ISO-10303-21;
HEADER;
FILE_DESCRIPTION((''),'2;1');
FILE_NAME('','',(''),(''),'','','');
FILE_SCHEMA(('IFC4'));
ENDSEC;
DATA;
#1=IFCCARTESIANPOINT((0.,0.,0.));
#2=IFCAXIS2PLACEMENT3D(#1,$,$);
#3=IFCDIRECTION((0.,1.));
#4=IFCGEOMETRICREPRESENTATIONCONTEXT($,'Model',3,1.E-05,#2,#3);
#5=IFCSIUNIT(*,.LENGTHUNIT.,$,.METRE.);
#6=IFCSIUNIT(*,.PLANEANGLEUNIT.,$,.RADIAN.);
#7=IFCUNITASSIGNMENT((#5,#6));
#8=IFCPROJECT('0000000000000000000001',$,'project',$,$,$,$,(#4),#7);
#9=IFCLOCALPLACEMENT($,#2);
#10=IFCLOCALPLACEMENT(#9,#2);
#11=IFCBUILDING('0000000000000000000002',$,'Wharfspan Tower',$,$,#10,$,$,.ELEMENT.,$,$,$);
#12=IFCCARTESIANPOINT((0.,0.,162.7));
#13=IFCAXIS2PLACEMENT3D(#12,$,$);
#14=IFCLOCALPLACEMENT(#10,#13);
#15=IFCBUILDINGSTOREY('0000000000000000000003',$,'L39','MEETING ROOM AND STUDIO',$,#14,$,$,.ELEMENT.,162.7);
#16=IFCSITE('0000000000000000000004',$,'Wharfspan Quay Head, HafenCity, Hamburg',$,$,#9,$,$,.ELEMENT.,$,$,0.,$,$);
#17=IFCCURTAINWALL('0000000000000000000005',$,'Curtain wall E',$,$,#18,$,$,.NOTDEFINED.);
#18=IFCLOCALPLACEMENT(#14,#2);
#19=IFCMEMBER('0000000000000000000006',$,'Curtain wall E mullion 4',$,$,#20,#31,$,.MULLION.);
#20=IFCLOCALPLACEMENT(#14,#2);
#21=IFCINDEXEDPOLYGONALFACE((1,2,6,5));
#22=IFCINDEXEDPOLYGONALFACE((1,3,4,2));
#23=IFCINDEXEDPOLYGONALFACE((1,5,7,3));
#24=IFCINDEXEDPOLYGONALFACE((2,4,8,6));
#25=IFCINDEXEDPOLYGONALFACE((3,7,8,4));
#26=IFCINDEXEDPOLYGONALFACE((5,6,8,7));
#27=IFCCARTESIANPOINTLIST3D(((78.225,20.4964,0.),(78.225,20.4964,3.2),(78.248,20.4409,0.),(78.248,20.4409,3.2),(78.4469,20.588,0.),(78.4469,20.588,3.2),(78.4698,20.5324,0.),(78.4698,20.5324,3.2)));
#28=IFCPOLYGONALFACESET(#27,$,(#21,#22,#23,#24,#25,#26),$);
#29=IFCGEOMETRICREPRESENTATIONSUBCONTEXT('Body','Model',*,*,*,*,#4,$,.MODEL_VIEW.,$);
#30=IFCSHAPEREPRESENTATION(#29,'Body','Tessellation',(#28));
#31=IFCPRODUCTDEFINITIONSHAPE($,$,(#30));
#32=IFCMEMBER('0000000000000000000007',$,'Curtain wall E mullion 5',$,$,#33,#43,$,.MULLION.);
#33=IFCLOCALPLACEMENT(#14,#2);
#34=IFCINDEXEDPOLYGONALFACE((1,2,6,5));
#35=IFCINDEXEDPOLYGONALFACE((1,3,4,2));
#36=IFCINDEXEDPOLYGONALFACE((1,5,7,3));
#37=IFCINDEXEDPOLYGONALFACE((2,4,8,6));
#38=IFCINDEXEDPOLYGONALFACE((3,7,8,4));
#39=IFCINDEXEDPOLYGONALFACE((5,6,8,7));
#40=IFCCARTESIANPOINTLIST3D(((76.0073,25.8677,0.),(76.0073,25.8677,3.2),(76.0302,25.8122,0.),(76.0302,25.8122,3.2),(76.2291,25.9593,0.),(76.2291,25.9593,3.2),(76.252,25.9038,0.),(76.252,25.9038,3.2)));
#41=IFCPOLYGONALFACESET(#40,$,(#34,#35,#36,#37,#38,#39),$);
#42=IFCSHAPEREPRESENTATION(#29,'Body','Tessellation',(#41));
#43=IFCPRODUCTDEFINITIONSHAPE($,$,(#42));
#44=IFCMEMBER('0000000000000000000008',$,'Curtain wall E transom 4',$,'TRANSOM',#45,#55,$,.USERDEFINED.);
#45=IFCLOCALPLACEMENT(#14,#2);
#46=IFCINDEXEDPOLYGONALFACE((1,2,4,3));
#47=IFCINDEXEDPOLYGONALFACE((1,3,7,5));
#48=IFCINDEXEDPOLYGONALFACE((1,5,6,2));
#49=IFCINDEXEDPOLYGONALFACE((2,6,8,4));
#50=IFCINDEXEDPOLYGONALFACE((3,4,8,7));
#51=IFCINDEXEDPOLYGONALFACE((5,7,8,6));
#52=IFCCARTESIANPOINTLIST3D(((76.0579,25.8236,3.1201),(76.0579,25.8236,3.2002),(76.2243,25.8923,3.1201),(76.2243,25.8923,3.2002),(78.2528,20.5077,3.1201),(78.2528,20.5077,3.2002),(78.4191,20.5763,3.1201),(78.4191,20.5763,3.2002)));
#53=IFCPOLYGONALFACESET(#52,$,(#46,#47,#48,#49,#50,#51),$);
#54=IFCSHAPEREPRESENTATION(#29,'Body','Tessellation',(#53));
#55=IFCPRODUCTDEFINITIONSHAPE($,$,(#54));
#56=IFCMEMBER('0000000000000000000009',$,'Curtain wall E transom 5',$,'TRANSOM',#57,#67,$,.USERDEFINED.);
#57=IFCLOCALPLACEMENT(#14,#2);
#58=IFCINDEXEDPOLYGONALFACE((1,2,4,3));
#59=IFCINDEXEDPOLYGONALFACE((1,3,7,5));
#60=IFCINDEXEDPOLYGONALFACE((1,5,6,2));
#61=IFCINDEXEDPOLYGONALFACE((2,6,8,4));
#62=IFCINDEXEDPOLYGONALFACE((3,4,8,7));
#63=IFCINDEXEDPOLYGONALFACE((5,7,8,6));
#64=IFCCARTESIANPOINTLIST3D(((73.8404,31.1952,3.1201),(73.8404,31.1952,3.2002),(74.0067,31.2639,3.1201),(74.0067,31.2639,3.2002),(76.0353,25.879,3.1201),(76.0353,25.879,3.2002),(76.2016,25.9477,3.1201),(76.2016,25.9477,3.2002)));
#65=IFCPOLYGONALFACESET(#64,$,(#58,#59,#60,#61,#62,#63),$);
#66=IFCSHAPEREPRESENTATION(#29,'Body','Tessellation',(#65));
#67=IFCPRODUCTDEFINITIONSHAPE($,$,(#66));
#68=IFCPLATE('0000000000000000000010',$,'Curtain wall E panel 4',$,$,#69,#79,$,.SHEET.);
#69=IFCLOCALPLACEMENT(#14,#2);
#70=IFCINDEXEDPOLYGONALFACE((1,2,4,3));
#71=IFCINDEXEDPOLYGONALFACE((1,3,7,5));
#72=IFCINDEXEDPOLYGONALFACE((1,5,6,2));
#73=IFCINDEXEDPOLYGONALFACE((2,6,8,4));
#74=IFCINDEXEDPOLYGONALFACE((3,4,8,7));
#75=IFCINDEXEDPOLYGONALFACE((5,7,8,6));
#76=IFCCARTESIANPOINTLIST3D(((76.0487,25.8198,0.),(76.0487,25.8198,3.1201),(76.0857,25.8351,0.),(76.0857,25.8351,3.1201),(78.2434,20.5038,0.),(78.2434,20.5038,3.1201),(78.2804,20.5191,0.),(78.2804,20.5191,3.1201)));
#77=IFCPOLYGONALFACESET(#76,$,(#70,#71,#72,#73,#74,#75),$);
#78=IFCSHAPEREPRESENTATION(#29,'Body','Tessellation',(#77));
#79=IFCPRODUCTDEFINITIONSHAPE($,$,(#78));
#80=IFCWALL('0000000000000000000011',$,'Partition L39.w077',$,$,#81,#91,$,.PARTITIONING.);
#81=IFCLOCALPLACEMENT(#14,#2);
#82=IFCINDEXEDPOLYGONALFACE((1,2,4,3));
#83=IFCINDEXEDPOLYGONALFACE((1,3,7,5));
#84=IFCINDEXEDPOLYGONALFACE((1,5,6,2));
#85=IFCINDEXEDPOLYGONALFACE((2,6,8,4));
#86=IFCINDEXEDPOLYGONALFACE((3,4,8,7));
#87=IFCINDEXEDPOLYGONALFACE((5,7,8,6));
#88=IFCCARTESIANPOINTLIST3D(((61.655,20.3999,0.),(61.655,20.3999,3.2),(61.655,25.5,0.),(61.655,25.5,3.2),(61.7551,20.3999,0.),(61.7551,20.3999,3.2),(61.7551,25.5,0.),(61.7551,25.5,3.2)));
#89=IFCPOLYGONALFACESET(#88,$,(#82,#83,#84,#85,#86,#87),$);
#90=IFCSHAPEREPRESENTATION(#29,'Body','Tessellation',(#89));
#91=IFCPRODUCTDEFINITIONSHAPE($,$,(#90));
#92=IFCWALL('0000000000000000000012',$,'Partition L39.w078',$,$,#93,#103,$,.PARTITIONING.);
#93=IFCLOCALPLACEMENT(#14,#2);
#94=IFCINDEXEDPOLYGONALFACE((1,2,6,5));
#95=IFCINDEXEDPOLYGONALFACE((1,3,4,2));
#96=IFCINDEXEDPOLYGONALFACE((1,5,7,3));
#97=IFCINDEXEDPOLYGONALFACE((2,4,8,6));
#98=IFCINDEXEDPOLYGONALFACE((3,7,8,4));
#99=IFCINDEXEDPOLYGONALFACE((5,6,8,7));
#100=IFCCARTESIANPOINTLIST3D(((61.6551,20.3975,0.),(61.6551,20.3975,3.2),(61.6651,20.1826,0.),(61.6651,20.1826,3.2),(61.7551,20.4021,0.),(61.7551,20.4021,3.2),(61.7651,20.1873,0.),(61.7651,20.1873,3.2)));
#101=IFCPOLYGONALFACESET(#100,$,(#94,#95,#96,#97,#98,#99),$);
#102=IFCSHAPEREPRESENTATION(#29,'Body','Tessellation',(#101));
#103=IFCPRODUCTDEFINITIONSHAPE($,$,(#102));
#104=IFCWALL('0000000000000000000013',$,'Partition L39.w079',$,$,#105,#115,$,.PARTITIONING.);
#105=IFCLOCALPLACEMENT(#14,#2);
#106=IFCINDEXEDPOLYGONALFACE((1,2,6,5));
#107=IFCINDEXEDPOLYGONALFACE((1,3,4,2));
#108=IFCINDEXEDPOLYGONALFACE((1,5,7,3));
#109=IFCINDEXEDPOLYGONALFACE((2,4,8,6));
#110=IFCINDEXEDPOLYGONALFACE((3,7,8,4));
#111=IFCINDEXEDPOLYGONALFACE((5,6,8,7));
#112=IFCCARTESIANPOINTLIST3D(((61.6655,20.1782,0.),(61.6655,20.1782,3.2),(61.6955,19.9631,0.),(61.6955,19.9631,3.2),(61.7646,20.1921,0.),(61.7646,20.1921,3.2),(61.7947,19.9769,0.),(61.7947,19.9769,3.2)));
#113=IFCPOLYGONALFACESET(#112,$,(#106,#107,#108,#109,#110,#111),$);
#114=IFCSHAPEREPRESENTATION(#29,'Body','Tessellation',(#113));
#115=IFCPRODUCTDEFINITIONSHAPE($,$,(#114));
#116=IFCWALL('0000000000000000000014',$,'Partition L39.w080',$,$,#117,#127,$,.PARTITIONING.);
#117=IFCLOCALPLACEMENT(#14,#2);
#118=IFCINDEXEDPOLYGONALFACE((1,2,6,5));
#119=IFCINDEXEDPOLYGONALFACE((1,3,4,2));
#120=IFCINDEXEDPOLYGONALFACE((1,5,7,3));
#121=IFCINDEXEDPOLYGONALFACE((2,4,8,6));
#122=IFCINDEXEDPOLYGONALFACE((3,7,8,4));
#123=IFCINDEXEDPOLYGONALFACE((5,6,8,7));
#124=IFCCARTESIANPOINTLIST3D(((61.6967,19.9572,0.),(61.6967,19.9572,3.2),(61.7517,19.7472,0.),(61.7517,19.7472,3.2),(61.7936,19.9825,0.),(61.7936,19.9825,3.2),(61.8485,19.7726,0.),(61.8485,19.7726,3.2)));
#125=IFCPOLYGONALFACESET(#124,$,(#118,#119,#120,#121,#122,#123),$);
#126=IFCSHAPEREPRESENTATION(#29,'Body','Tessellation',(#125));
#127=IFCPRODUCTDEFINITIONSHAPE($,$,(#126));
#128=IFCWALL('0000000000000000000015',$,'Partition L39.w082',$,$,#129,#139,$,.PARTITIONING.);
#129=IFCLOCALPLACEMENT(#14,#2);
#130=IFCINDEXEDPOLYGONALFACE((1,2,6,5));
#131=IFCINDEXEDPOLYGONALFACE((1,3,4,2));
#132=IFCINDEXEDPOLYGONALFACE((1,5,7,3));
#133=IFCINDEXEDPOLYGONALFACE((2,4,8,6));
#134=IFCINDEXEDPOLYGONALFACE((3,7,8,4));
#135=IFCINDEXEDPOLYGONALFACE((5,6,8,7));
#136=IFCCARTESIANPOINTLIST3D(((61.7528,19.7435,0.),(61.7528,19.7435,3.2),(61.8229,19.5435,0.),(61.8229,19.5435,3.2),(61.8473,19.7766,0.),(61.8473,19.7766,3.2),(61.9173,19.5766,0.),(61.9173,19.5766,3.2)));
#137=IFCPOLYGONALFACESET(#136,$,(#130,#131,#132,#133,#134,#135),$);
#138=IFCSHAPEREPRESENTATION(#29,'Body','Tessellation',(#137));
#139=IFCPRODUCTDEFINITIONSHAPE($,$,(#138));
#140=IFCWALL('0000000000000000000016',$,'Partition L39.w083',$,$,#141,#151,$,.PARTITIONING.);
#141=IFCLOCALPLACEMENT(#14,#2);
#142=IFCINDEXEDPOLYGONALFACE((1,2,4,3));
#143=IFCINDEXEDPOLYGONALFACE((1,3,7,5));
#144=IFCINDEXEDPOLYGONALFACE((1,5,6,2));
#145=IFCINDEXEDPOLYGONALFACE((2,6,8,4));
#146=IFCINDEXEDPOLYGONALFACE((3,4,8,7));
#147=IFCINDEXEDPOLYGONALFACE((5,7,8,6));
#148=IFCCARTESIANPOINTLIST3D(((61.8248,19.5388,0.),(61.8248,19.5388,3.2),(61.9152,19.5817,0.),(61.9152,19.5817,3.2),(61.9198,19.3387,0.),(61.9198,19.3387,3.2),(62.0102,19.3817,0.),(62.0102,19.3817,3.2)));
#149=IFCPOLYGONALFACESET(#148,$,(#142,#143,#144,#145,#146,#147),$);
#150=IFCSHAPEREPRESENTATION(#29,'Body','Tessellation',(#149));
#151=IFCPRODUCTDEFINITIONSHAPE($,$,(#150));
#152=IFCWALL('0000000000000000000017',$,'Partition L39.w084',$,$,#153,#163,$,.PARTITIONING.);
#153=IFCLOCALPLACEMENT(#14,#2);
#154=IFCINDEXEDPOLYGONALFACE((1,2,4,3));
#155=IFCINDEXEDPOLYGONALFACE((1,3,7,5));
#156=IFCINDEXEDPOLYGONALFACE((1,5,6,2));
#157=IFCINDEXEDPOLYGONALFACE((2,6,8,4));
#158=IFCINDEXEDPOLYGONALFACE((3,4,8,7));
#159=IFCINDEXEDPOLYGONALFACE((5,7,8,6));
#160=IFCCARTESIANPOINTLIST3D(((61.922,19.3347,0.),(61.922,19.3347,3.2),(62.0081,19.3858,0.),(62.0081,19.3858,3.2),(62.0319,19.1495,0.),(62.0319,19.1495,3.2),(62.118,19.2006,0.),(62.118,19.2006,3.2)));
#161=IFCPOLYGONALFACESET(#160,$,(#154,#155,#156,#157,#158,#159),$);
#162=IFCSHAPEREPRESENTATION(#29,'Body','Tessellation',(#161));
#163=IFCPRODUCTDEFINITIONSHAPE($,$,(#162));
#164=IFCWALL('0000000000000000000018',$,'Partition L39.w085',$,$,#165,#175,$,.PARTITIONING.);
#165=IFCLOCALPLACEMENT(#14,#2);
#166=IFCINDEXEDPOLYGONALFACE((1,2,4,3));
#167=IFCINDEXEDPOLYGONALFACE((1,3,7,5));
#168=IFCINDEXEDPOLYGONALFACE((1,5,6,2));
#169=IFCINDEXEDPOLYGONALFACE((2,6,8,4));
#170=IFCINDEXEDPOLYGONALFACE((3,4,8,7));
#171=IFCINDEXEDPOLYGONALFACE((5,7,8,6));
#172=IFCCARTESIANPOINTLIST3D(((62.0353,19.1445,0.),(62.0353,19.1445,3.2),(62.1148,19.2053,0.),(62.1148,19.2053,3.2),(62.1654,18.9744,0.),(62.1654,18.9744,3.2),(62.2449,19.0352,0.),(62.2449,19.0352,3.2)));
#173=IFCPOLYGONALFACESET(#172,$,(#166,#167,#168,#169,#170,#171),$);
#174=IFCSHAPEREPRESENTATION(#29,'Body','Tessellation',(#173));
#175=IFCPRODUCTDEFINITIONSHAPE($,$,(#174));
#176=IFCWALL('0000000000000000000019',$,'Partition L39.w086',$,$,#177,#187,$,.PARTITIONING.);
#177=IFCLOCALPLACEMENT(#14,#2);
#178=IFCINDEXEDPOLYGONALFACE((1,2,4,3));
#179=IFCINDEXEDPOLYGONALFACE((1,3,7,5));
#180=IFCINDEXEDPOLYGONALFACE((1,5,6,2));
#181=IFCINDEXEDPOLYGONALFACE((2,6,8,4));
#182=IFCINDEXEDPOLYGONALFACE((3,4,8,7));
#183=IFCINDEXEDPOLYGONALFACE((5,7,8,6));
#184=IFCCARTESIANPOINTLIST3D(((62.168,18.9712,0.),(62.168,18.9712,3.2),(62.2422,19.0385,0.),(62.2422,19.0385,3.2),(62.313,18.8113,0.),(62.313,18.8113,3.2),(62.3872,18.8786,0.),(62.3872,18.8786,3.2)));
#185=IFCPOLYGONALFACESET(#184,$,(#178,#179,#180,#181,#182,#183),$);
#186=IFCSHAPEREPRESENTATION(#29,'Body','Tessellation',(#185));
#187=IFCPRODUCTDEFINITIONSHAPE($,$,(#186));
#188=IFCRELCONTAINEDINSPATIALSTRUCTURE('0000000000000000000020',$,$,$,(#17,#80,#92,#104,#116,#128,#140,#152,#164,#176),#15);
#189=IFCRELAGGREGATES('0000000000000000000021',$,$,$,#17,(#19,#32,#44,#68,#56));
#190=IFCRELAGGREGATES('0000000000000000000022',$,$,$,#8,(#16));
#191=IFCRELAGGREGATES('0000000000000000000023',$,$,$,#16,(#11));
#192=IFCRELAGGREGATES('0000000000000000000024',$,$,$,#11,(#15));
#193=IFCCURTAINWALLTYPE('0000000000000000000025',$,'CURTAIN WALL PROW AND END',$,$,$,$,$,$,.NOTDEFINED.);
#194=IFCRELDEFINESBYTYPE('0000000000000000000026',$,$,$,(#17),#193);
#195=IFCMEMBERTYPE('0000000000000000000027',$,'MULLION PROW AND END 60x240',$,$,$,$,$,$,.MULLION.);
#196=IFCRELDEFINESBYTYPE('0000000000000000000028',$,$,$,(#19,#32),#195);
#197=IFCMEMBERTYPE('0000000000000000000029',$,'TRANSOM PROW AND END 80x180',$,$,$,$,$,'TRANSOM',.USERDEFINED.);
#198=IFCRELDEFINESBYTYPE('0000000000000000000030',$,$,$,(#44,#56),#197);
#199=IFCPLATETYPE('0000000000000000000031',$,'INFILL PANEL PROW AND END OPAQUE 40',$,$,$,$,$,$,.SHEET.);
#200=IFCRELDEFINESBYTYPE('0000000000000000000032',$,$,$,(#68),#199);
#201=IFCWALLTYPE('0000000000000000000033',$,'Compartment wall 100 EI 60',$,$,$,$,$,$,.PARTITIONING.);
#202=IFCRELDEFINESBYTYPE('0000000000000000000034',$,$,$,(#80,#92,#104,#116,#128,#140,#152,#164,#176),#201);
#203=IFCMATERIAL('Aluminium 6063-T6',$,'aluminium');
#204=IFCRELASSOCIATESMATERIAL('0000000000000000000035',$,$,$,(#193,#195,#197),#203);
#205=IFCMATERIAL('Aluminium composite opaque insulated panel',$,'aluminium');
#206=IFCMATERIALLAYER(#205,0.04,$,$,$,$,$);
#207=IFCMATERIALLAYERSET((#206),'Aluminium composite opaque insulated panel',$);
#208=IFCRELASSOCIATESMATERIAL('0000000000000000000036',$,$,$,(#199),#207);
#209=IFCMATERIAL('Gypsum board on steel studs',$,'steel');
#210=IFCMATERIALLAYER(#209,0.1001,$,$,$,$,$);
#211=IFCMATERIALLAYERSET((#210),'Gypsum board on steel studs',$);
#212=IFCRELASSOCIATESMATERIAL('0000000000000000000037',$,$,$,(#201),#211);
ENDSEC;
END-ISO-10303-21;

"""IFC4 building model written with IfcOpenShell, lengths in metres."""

from ifc_helpers import new_model, si_unit, direction, frame, frame_2d, origin, origin_2d, place, context, subcontext, project, spatial, rectangle, extrude, material, layer, layer_set, material_profile, profile_set, type_object, element, aggregate, save


model = new_model("IFC4")

# Units and contexts
model_context = context("Model", 3, precision=1e-05, world=origin(), true_north=direction((0.0, 1.0)))
body_context = subcontext(model_context, "Body", "Model", "MODEL_VIEW")
ifc_project = project(units=[si_unit("LENGTHUNIT", "METRE"), si_unit("PLANEANGLEUNIT", "RADIAN")], contexts=[model_context])

# Site, building, storey
site_placement = place(None, origin())
site = spatial("IfcSite", under=ifc_project, at=site_placement, Name="Wharfspan Quay Head, HafenCity, Hamburg", CompositionType="ELEMENT", RefElevation=0.0)
building_placement = place(site_placement, origin())
building = spatial("IfcBuilding", under=site, at=building_placement, Name="Wharfspan Tower", CompositionType="ELEMENT")
storey_placement = place(building_placement, frame((0.0, 0.0, 162.7)))
storey = spatial("IfcBuildingStorey", under=building, at=storey_placement, Name="L39", Description="MEETING ROOM AND STUDIO", CompositionType="ELEMENT", Elevation=162.7)

# Curtain wall, members, plate
ifc_material_1 = material(Name="Aluminium 6063-T6", Category="aluminium")
curtain_wall_type = type_object("IfcCurtainWallType", Name="CURTAIN WALL PROW AND END", PredefinedType="NOTDEFINED", material=ifc_material_1)
curtain_wall_placement = place(storey_placement, origin())
curtain_wall = element("IfcCurtainWall", 1, at=curtain_wall_placement, inside=storey, type_object=curtain_wall_type, Name="Curtain wall E", PredefinedType="NOTDEFINED")
ifc_material_profile_1 = material_profile(ifc_material_1, rectangle(XDim=0.24, YDim=0.0601, at=origin_2d()))
ifc_profile_set_1 = profile_set([ifc_material_profile_1], Name="Aluminium 6063-T6")
member_type_1 = type_object("IfcMemberType", Name="MULLION PROW AND END 60x240", PredefinedType="MULLION", material=ifc_profile_set_1)
member_1_placement = place(storey_placement, frame((78.3474, 20.5144, 0.0), z_axis=(0.0, 0.0, 1.0), x_axis=(-0.924325, -0.381602, 0.0)))
member_1 = element("IfcMember", 2, at=member_1_placement, type_object=member_type_1, Name="Curtain wall E mullion 4", PredefinedType="MULLION", context=body_context, shape_type="SweptSolid", body=[
    extrude(rectangle(XDim=0.24, YDim=0.0601, at=origin_2d()), origin(), (0.0, 0.0, 1.0), 3.2),
])
member_2_placement = place(storey_placement, frame((76.1296, 25.8857, 0.0), z_axis=(0.0, 0.0, 1.0), x_axis=(-0.924325, -0.381602, 0.0)))
member_2 = element("IfcMember", 3, at=member_2_placement, type_object=member_type_1, Name="Curtain wall E mullion 5", PredefinedType="MULLION", context=body_context, shape_type="SweptSolid", body=[
    extrude(rectangle(XDim=0.24, YDim=0.0601, at=origin_2d()), origin(), (0.0, 0.0, 1.0), 3.2),
])
ifc_material_profile_2 = material_profile(ifc_material_1, rectangle(XDim=0.1799, YDim=0.0801, at=origin_2d()))
ifc_profile_set_2 = profile_set([ifc_material_profile_2], Name="Aluminium 6063-T6")
member_type_2 = type_object("IfcMemberType", Name="TRANSOM PROW AND END 80x180", ElementType="TRANSOM", PredefinedType="USERDEFINED", material=ifc_profile_set_2)
member_3_placement = place(storey_placement, frame((78.3359, 20.542, 3.1602), z_axis=(-0.381629, 0.924315, 0.0), x_axis=(-0.924315, -0.381629, 0.0)))
member_3 = element("IfcMember", 4, at=member_3_placement, type_object=member_type_2, Name="Curtain wall E transom 4", ObjectType="TRANSOM", PredefinedType="USERDEFINED", context=body_context, shape_type="SweptSolid", body=[
    extrude(rectangle(XDim=0.1799, YDim=0.0801, at=origin_2d()), origin(), (0.0, 0.0, 1.0), 5.7512),
])
member_4_placement = place(storey_placement, frame((76.1184, 25.9133, 3.1602), z_axis=(-0.381614, 0.924322, 0.0), x_axis=(-0.924322, -0.381614, 0.0)))
member_4 = element("IfcMember", 5, at=member_4_placement, type_object=member_type_2, Name="Curtain wall E transom 5", ObjectType="TRANSOM", PredefinedType="USERDEFINED", context=body_context, shape_type="SweptSolid", body=[
    extrude(rectangle(XDim=0.1799, YDim=0.0801, at=origin_2d()), origin(), (0.0, 0.0, 1.0), 5.7515),
])
ifc_material_2 = material(Name="Aluminium composite opaque insulated panel", Category="aluminium")
ifc_layer_1 = layer(ifc_material_2, 0.04)
ifc_layer_set_1 = layer_set([ifc_layer_1], Name="Aluminium composite opaque insulated panel")
plate_type = type_object("IfcPlateType", Name="INFILL PANEL PROW AND END OPAQUE 40", PredefinedType="SHEET", material=ifc_layer_set_1)
plate_placement = place(storey_placement, frame((77.1646, 23.1694, 0.0), z_axis=(0.0, 0.0, 1.0), x_axis=(-0.381602, 0.924325, 0.0)))
plate = element("IfcPlate", 6, at=plate_placement, type_object=plate_type, Name="Curtain wall E panel 4", PredefinedType="SHEET", context=body_context, shape_type="SweptSolid", body=[
    extrude(rectangle(XDim=5.7512, YDim=0.04, at=origin_2d()), origin(), (0.0, 0.0, 1.0), 3.1201),
])
aggregate(curtain_wall, [member_1, member_2, member_3, plate, member_4])

# Walls
ifc_material_3 = material(Name="Gypsum board on steel studs", Category="steel")
ifc_layer_2 = layer(ifc_material_3, 0.1001)
ifc_layer_set_2 = layer_set([ifc_layer_2], Name="Gypsum board on steel studs")
wall_type_1 = type_object("IfcWallType", Name="Compartment wall 100 EI 60", PredefinedType="PARTITIONING", material=ifc_layer_set_2)
wall_1_placement = place(storey_placement, frame((61.7051, 20.3999, 0.0), z_axis=(0.0, 0.0, 1.0), x_axis=(0.0, 1.0, 0.0)))
element("IfcWall", 7, at=wall_1_placement, inside=storey, type_object=wall_type_1, Name="Partition L39.w077", PredefinedType="PARTITIONING", context=body_context, shape_type="SweptSolid", body=[
    extrude(rectangle(XDim=5.1001, YDim=0.1001, at=frame_2d((2.55, 0.0))), origin(), (0.0, 0.0, 1.0), 3.2),
])
wall_2_placement = place(storey_placement, frame((61.7151, 20.1851, 0.0), z_axis=(0.0, 0.0, 1.0), x_axis=(-0.04654, 0.998912, 0.0)))
element("IfcWall", 8, at=wall_2_placement, inside=storey, type_object=wall_type_1, Name="Partition L39.w078", PredefinedType="PARTITIONING", context=body_context, shape_type="SweptSolid", body=[
    extrude(rectangle(XDim=0.2151, YDim=0.1001, at=frame_2d((0.1074, 0.0))), origin(), (0.0, 0.0, 1.0), 3.2),
])
wall_3_placement = place(storey_placement, frame((61.7451, 19.97, 0.0), z_axis=(0.0, 0.0, 1.0), x_axis=(-0.138273, 0.990394, 0.0)))
element("IfcWall", 9, at=wall_3_placement, inside=storey, type_object=wall_type_1, Name="Partition L39.w079", PredefinedType="PARTITIONING", context=body_context, shape_type="SweptSolid", body=[
    extrude(rectangle(XDim=0.2173, YDim=0.1001, at=frame_2d((0.1086, 0.0))), origin(), (0.0, 0.0, 1.0), 3.2),
])
wall_4_placement = place(storey_placement, frame((61.8, 19.76, 0.0), z_axis=(0.0, 0.0, 1.0), x_axis=(-0.253108, 0.967435, 0.0)))
element("IfcWall", 10, at=wall_4_placement, inside=storey, type_object=wall_type_1, Name="Partition L39.w080", PredefinedType="PARTITIONING", context=body_context, shape_type="SweptSolid", body=[
    extrude(rectangle(XDim=0.217, YDim=0.1001, at=frame_2d((0.1084, 0.0))), origin(), (0.0, 0.0, 1.0), 3.2),
])
wall_5_placement = place(storey_placement, frame((61.8701, 19.5601, 0.0), z_axis=(0.0, 0.0, 1.0), x_axis=(-0.330711, 0.943736, 0.0)))
element("IfcWall", 11, at=wall_5_placement, inside=storey, type_object=wall_type_1, Name="Partition L39.w082", PredefinedType="PARTITIONING", context=body_context, shape_type="SweptSolid", body=[
    extrude(rectangle(XDim=0.2119, YDim=0.1001, at=frame_2d((0.106, 0.0))), origin(), (0.0, 0.0, 1.0), 3.2),
])
wall_6_placement = place(storey_placement, frame((61.9651, 19.3601, 0.0), z_axis=(0.0, 0.0, 1.0), x_axis=(-0.429036, 0.903292, 0.0)))
element("IfcWall", 12, at=wall_6_placement, inside=storey, type_object=wall_type_1, Name="Partition L39.w083", PredefinedType="PARTITIONING", context=body_context, shape_type="SweptSolid", body=[
    extrude(rectangle(XDim=0.2214, YDim=0.1001, at=frame_2d((0.1108, 0.0))), origin(), (0.0, 0.0, 1.0), 3.2),
])
wall_7_placement = place(storey_placement, frame((62.075, 19.175, 0.0), z_axis=(0.0, 0.0, 1.0), x_axis=(-0.510487, 0.859887, 0.0)))
element("IfcWall", 13, at=wall_7_placement, inside=storey, type_object=wall_type_1, Name="Partition L39.w084", PredefinedType="PARTITIONING", context=body_context, shape_type="SweptSolid", body=[
    extrude(rectangle(XDim=0.2153, YDim=0.1001, at=frame_2d((0.1077, 0.0))), origin(), (0.0, 0.0, 1.0), 3.2),
])
wall_8_placement = place(storey_placement, frame((62.2051, 19.0049, 0.0), z_axis=(0.0, 0.0, 1.0), x_axis=(-0.607451, 0.794359, 0.0)))
element("IfcWall", 14, at=wall_8_placement, inside=storey, type_object=wall_type_1, Name="Partition L39.w085", PredefinedType="PARTITIONING", context=body_context, shape_type="SweptSolid", body=[
    extrude(rectangle(XDim=0.2141, YDim=0.1001, at=frame_2d((0.1069, 0.0))), origin(), (0.0, 0.0, 1.0), 3.2),
])
wall_9_placement = place(storey_placement, frame((62.3501, 18.845, 0.0), z_axis=(0.0, 0.0, 1.0), x_axis=(-0.671775, 0.740762, 0.0)))
element("IfcWall", 15, at=wall_9_placement, inside=storey, type_object=wall_type_1, Name="Partition L39.w086", PredefinedType="PARTITIONING", context=body_context, shape_type="SweptSolid", body=[
    extrude(rectangle(XDim=0.2158, YDim=0.1001, at=frame_2d((0.1079, 0.0))), origin(), (0.0, 0.0, 1.0), 3.2),
])

save(model, "model.ifc")
